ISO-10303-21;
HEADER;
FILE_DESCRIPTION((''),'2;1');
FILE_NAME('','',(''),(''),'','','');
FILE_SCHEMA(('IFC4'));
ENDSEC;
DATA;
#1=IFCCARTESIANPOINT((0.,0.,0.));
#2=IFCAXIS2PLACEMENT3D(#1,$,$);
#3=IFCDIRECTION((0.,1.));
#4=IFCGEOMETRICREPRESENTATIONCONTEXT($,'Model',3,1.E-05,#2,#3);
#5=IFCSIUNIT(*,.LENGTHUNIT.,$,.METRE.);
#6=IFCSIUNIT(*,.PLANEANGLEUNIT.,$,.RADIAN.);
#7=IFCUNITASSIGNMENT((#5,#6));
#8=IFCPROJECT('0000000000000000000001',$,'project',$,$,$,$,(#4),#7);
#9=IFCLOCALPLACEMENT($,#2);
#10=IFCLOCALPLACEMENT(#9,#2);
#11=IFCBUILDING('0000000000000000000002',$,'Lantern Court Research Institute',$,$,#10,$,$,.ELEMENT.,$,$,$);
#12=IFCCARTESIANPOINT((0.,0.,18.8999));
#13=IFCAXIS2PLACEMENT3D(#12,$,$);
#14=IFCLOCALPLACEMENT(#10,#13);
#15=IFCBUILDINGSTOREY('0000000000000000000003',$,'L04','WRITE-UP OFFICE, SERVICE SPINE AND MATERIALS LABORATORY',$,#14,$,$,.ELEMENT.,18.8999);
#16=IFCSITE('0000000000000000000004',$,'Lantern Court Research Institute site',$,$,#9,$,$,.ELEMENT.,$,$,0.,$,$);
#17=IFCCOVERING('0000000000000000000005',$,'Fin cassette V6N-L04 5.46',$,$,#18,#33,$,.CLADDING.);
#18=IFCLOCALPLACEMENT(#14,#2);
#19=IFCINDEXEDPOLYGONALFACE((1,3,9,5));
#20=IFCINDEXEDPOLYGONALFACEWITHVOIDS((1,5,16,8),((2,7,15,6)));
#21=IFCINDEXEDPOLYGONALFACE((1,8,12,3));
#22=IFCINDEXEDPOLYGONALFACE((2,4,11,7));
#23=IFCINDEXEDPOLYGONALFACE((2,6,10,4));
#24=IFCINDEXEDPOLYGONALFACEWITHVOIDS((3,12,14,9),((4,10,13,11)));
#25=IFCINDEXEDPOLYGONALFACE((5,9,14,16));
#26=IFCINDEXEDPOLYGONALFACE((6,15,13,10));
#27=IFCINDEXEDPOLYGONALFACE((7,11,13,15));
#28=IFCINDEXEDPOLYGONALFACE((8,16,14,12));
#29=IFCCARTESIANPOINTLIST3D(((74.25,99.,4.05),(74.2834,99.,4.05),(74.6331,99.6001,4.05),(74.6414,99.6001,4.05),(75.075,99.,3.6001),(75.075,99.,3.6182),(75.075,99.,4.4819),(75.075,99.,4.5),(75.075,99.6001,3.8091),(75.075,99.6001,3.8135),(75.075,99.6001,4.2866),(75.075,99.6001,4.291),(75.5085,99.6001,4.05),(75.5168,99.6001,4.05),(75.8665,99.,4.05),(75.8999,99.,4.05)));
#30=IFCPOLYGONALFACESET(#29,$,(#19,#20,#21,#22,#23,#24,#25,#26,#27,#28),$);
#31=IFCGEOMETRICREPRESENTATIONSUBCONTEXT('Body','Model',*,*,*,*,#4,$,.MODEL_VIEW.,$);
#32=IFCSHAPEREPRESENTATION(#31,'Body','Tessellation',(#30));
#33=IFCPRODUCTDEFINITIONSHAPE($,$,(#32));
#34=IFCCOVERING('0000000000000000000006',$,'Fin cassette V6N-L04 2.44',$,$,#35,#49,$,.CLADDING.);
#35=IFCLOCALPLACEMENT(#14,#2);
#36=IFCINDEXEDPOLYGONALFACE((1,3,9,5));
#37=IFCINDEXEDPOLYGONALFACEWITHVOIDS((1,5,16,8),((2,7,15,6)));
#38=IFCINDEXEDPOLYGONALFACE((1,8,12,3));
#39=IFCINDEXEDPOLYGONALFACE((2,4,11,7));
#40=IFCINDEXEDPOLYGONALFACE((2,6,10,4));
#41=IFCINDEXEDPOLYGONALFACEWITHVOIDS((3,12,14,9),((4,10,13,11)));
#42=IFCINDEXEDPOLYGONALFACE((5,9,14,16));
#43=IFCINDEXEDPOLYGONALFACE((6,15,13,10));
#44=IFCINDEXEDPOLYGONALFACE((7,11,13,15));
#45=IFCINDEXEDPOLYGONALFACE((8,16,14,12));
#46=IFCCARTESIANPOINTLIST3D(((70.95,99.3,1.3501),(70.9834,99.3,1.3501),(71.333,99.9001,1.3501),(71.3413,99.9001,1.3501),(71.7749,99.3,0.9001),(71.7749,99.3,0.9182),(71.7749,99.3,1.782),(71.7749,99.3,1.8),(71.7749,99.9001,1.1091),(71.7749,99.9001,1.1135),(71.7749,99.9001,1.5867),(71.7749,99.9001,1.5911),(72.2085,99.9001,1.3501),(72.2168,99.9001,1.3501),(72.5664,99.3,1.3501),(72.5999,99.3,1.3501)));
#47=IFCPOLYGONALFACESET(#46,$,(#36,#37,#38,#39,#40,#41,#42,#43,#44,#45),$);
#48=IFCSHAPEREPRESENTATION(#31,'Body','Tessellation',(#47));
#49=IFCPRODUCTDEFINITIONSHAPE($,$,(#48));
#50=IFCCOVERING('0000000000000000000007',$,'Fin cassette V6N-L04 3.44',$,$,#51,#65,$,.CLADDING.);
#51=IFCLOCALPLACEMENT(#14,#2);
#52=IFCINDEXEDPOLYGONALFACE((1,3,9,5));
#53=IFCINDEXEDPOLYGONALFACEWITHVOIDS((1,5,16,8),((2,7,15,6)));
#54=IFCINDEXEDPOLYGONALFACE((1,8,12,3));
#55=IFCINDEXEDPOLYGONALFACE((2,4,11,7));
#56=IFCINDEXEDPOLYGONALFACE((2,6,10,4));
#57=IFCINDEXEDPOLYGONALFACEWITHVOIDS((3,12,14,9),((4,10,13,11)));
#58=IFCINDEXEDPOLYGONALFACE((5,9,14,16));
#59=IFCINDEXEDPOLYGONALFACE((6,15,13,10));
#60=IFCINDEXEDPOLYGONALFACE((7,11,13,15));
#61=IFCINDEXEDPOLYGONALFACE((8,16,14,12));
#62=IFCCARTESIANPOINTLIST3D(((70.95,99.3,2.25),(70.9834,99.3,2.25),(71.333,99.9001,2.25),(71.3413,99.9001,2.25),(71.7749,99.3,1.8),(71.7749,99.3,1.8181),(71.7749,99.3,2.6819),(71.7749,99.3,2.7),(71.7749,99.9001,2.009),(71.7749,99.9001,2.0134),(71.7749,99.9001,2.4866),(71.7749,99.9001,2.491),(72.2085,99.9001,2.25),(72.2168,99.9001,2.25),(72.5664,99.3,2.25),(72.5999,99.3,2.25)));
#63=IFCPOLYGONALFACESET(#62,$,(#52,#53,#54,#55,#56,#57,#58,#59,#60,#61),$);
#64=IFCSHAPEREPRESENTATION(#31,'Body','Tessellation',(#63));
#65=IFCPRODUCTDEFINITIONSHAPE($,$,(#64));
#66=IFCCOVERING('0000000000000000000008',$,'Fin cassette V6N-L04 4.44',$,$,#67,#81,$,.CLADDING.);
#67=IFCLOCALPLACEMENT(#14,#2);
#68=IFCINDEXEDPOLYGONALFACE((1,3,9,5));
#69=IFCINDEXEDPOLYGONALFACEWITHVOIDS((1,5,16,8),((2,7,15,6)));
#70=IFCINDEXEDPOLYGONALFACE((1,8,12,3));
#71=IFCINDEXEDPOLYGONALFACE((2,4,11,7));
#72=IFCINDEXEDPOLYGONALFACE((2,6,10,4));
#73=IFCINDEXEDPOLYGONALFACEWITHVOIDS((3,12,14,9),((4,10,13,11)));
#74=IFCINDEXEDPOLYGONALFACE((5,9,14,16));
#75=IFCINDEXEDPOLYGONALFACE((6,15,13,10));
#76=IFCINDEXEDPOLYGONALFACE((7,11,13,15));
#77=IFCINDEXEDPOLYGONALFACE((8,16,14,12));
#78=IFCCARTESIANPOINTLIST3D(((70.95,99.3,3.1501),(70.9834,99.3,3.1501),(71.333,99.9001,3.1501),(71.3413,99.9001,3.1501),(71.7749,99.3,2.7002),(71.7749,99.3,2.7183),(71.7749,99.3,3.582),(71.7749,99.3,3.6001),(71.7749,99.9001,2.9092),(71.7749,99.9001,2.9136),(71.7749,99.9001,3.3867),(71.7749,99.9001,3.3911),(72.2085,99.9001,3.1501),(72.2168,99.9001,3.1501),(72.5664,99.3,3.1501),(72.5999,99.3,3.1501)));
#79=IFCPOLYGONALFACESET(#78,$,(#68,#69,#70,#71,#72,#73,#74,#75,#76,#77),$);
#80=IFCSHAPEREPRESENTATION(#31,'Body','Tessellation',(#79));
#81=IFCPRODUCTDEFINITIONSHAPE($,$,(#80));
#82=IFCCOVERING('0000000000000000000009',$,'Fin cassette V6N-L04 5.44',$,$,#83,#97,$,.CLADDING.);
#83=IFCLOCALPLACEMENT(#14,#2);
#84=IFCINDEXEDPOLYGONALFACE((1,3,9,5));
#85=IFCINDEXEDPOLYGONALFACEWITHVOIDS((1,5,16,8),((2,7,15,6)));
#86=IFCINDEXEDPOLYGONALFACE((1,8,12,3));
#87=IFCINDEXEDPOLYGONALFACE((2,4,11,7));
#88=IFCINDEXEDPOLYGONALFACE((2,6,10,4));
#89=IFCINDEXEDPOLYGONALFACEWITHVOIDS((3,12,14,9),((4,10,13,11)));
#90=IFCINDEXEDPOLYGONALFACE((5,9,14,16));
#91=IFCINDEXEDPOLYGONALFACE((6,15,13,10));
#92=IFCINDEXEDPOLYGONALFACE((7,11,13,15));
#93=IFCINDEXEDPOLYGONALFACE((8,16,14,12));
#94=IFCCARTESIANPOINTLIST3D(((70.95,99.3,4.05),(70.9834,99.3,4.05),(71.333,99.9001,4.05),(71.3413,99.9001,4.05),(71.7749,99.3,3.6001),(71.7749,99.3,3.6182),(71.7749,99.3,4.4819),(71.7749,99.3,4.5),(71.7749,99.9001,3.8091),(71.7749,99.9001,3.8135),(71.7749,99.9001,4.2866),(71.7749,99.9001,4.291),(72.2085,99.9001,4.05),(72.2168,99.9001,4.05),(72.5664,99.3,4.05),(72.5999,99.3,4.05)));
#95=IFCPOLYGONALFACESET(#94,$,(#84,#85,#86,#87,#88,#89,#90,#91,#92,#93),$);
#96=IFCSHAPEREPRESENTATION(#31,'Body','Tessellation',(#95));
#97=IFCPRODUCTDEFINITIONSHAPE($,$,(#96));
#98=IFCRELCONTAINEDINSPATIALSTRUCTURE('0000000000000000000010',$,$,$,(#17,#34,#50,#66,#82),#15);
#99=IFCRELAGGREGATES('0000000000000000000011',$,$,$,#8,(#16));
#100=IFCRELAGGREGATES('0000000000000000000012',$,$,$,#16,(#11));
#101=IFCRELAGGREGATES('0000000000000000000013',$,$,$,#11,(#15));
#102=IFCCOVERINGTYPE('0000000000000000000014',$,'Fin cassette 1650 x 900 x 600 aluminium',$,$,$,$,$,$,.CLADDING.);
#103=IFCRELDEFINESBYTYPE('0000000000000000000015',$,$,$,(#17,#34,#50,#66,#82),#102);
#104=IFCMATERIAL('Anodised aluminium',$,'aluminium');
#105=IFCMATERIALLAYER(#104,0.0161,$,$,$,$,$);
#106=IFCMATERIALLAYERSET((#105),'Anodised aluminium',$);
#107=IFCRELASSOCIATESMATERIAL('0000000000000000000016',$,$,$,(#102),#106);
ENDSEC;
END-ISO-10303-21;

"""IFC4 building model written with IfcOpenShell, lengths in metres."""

from ifc_helpers import new_model, entity, si_unit, direction, frame, origin, place, context, subcontext, project, spatial, material, layer, layer_set, type_object, element, save


model = new_model("IFC4")

# Units and contexts
model_context = context("Model", 3, precision=1e-05, world=origin(), true_north=direction((0.0, 1.0)))
body_context = subcontext(model_context, "Body", "Model", "MODEL_VIEW")
ifc_project = project(units=[si_unit("LENGTHUNIT", "METRE"), si_unit("PLANEANGLEUNIT", "RADIAN")], contexts=[model_context])

# Site, building, storey
site_placement = place(None, origin())
site = spatial("IfcSite", under=ifc_project, at=site_placement, Name="Lantern Court Research Institute site", CompositionType="ELEMENT", RefElevation=0.0)
building_placement = place(site_placement, origin())
building = spatial("IfcBuilding", under=site, at=building_placement, Name="Lantern Court Research Institute", CompositionType="ELEMENT")
storey_placement = place(building_placement, frame((0.0, 0.0, 18.8999)))
storey = spatial("IfcBuildingStorey", under=building, at=storey_placement, Name="L04", Description="WRITE-UP OFFICE, SERVICE SPINE AND MATERIALS LABORATORY", CompositionType="ELEMENT", Elevation=18.8999)

# Coverings
ifc_material_1 = material(Name="Anodised aluminium", Category="aluminium")
ifc_layer_1 = layer(ifc_material_1, 0.0161)
ifc_layer_set_1 = layer_set([ifc_layer_1], Name="Anodised aluminium")
covering_type = type_object("IfcCoveringType", Name="Fin cassette 1650 x 900 x 600 aluminium", PredefinedType="CLADDING", material=ifc_layer_set_1)
covering_1_placement = place(storey_placement, frame((75.075, 99.0, 4.05), z_axis=(0.0, 1.0, 0.0), x_axis=(-1.0, 0.0, 0.0)))
cartesian_point_1 = entity("IfcCartesianPoint", [0.825, 0.0])
cartesian_point_2 = entity("IfcCartesianPoint", [0.7915, 0.0])
cartesian_point_3 = entity("IfcCartesianPoint", [0.4419, 0.0])
cartesian_point_4 = entity("IfcCartesianPoint", [0.4336, 0.0])
element("IfcCovering", 1, at=covering_1_placement, inside=storey, type_object=covering_type, Name="Fin cassette V6N-L04 5.46", PredefinedType="CLADDING", context=body_context, shape_type="SweptSolid", body=[
    entity("IfcExtrudedAreaSolidTapered", entity("IfcArbitraryProfileDefWithVoids", "AREA", None, entity("IfcPolyline", [cartesian_point_1, entity("IfcCartesianPoint", [0.0, 0.45]), entity("IfcCartesianPoint", [-0.825, 0.0]), entity("IfcCartesianPoint", [0.0, -0.45]), cartesian_point_1]), [entity("IfcPolyline", [cartesian_point_2, entity("IfcCartesianPoint", [0.0, 0.4319]), entity("IfcCartesianPoint", [-0.7915, 0.0]), entity("IfcCartesianPoint", [0.0, -0.4319]), cartesian_point_2])]), entity("IfcAxis2Placement3D", entity("IfcCartesianPoint", [0.0, 0.0, 0.0])), entity("IfcDirection", [0.0, 0.0, 1.0]), 0.6001, entity("IfcArbitraryProfileDefWithVoids", "AREA", None, entity("IfcPolyline", [cartesian_point_3, entity("IfcCartesianPoint", [0.0, 0.241]), entity("IfcCartesianPoint", [-0.4419, 0.0]), entity("IfcCartesianPoint", [0.0, -0.241]), cartesian_point_3]), [entity("IfcPolyline", [cartesian_point_4, entity("IfcCartesianPoint", [0.0, 0.2366]), entity("IfcCartesianPoint", [-0.4336, 0.0]), entity("IfcCartesianPoint", [0.0, -0.2366]), cartesian_point_4])])),
])
covering_2_placement = place(storey_placement, frame((71.7749, 99.3, 1.3501), z_axis=(0.0, 1.0, 0.0), x_axis=(-1.0, 0.0, 0.0)))
cartesian_point_5 = entity("IfcCartesianPoint", [0.825, 0.0])
cartesian_point_6 = entity("IfcCartesianPoint", [0.7915, 0.0])
cartesian_point_7 = entity("IfcCartesianPoint", [0.4419, 0.0])
cartesian_point_8 = entity("IfcCartesianPoint", [0.4336, 0.0])
element("IfcCovering", 2, at=covering_2_placement, inside=storey, type_object=covering_type, Name="Fin cassette V6N-L04 2.44", PredefinedType="CLADDING", context=body_context, shape_type="SweptSolid", body=[
    entity("IfcExtrudedAreaSolidTapered", entity("IfcArbitraryProfileDefWithVoids", "AREA", None, entity("IfcPolyline", [cartesian_point_5, entity("IfcCartesianPoint", [0.0, 0.45]), entity("IfcCartesianPoint", [-0.825, 0.0]), entity("IfcCartesianPoint", [0.0, -0.45]), cartesian_point_5]), [entity("IfcPolyline", [cartesian_point_6, entity("IfcCartesianPoint", [0.0, 0.4319]), entity("IfcCartesianPoint", [-0.7915, 0.0]), entity("IfcCartesianPoint", [0.0, -0.4319]), cartesian_point_6])]), entity("IfcAxis2Placement3D", entity("IfcCartesianPoint", [0.0, 0.0, 0.0])), entity("IfcDirection", [0.0, 0.0, 1.0]), 0.6001, entity("IfcArbitraryProfileDefWithVoids", "AREA", None, entity("IfcPolyline", [cartesian_point_7, entity("IfcCartesianPoint", [0.0, 0.241]), entity("IfcCartesianPoint", [-0.4419, 0.0]), entity("IfcCartesianPoint", [0.0, -0.241]), cartesian_point_7]), [entity("IfcPolyline", [cartesian_point_8, entity("IfcCartesianPoint", [0.0, 0.2366]), entity("IfcCartesianPoint", [-0.4336, 0.0]), entity("IfcCartesianPoint", [0.0, -0.2366]), cartesian_point_8])])),
])
covering_3_placement = place(storey_placement, frame((71.7749, 99.3, 2.25), z_axis=(0.0, 1.0, 0.0), x_axis=(-1.0, 0.0, 0.0)))
cartesian_point_9 = entity("IfcCartesianPoint", [0.825, 0.0])
cartesian_point_10 = entity("IfcCartesianPoint", [0.7915, 0.0])
cartesian_point_11 = entity("IfcCartesianPoint", [0.4419, 0.0])
cartesian_point_12 = entity("IfcCartesianPoint", [0.4336, 0.0])
element("IfcCovering", 3, at=covering_3_placement, inside=storey, type_object=covering_type, Name="Fin cassette V6N-L04 3.44", PredefinedType="CLADDING", context=body_context, shape_type="SweptSolid", body=[
    entity("IfcExtrudedAreaSolidTapered", entity("IfcArbitraryProfileDefWithVoids", "AREA", None, entity("IfcPolyline", [cartesian_point_9, entity("IfcCartesianPoint", [0.0, 0.45]), entity("IfcCartesianPoint", [-0.825, 0.0]), entity("IfcCartesianPoint", [0.0, -0.45]), cartesian_point_9]), [entity("IfcPolyline", [cartesian_point_10, entity("IfcCartesianPoint", [0.0, 0.4319]), entity("IfcCartesianPoint", [-0.7915, 0.0]), entity("IfcCartesianPoint", [0.0, -0.4319]), cartesian_point_10])]), entity("IfcAxis2Placement3D", entity("IfcCartesianPoint", [0.0, 0.0, 0.0])), entity("IfcDirection", [0.0, 0.0, 1.0]), 0.6001, entity("IfcArbitraryProfileDefWithVoids", "AREA", None, entity("IfcPolyline", [cartesian_point_11, entity("IfcCartesianPoint", [0.0, 0.241]), entity("IfcCartesianPoint", [-0.4419, 0.0]), entity("IfcCartesianPoint", [0.0, -0.241]), cartesian_point_11]), [entity("IfcPolyline", [cartesian_point_12, entity("IfcCartesianPoint", [0.0, 0.2366]), entity("IfcCartesianPoint", [-0.4336, 0.0]), entity("IfcCartesianPoint", [0.0, -0.2366]), cartesian_point_12])])),
])
covering_4_placement = place(storey_placement, frame((71.7749, 99.3, 3.1501), z_axis=(0.0, 1.0, 0.0), x_axis=(-1.0, 0.0, 0.0)))
cartesian_point_13 = entity("IfcCartesianPoint", [0.825, 0.0])
cartesian_point_14 = entity("IfcCartesianPoint", [0.7915, 0.0])
cartesian_point_15 = entity("IfcCartesianPoint", [0.4419, 0.0])
cartesian_point_16 = entity("IfcCartesianPoint", [0.4336, 0.0])
element("IfcCovering", 4, at=covering_4_placement, inside=storey, type_object=covering_type, Name="Fin cassette V6N-L04 4.44", PredefinedType="CLADDING", context=body_context, shape_type="SweptSolid", body=[
    entity("IfcExtrudedAreaSolidTapered", entity("IfcArbitraryProfileDefWithVoids", "AREA", None, entity("IfcPolyline", [cartesian_point_13, entity("IfcCartesianPoint", [0.0, 0.45]), entity("IfcCartesianPoint", [-0.825, 0.0]), entity("IfcCartesianPoint", [0.0, -0.45]), cartesian_point_13]), [entity("IfcPolyline", [cartesian_point_14, entity("IfcCartesianPoint", [0.0, 0.4319]), entity("IfcCartesianPoint", [-0.7915, 0.0]), entity("IfcCartesianPoint", [0.0, -0.4319]), cartesian_point_14])]), entity("IfcAxis2Placement3D", entity("IfcCartesianPoint", [0.0, 0.0, 0.0])), entity("IfcDirection", [0.0, 0.0, 1.0]), 0.6001, entity("IfcArbitraryProfileDefWithVoids", "AREA", None, entity("IfcPolyline", [cartesian_point_15, entity("IfcCartesianPoint", [0.0, 0.241]), entity("IfcCartesianPoint", [-0.4419, 0.0]), entity("IfcCartesianPoint", [0.0, -0.241]), cartesian_point_15]), [entity("IfcPolyline", [cartesian_point_16, entity("IfcCartesianPoint", [0.0, 0.2366]), entity("IfcCartesianPoint", [-0.4336, 0.0]), entity("IfcCartesianPoint", [0.0, -0.2366]), cartesian_point_16])])),
])
covering_5_placement = place(storey_placement, frame((71.7749, 99.3, 4.05), z_axis=(0.0, 1.0, 0.0), x_axis=(-1.0, 0.0, 0.0)))
cartesian_point_17 = entity("IfcCartesianPoint", [0.825, 0.0])
cartesian_point_18 = entity("IfcCartesianPoint", [0.7915, 0.0])
cartesian_point_19 = entity("IfcCartesianPoint", [0.4419, 0.0])
cartesian_point_20 = entity("IfcCartesianPoint", [0.4336, 0.0])
element("IfcCovering", 5, at=covering_5_placement, inside=storey, type_object=covering_type, Name="Fin cassette V6N-L04 5.44", PredefinedType="CLADDING", context=body_context, shape_type="SweptSolid", body=[
    entity("IfcExtrudedAreaSolidTapered", entity("IfcArbitraryProfileDefWithVoids", "AREA", None, entity("IfcPolyline", [cartesian_point_17, entity("IfcCartesianPoint", [0.0, 0.45]), entity("IfcCartesianPoint", [-0.825, 0.0]), entity("IfcCartesianPoint", [0.0, -0.45]), cartesian_point_17]), [entity("IfcPolyline", [cartesian_point_18, entity("IfcCartesianPoint", [0.0, 0.4319]), entity("IfcCartesianPoint", [-0.7915, 0.0]), entity("IfcCartesianPoint", [0.0, -0.4319]), cartesian_point_18])]), entity("IfcAxis2Placement3D", entity("IfcCartesianPoint", [0.0, 0.0, 0.0])), entity("IfcDirection", [0.0, 0.0, 1.0]), 0.6001, entity("IfcArbitraryProfileDefWithVoids", "AREA", None, entity("IfcPolyline", [cartesian_point_19, entity("IfcCartesianPoint", [0.0, 0.241]), entity("IfcCartesianPoint", [-0.4419, 0.0]), entity("IfcCartesianPoint", [0.0, -0.241]), cartesian_point_19]), [entity("IfcPolyline", [cartesian_point_20, entity("IfcCartesianPoint", [0.0, 0.2366]), entity("IfcCartesianPoint", [-0.4336, 0.0]), entity("IfcCartesianPoint", [0.0, -0.2366]), cartesian_point_20])])),
])

save(model, "model.ifc")
